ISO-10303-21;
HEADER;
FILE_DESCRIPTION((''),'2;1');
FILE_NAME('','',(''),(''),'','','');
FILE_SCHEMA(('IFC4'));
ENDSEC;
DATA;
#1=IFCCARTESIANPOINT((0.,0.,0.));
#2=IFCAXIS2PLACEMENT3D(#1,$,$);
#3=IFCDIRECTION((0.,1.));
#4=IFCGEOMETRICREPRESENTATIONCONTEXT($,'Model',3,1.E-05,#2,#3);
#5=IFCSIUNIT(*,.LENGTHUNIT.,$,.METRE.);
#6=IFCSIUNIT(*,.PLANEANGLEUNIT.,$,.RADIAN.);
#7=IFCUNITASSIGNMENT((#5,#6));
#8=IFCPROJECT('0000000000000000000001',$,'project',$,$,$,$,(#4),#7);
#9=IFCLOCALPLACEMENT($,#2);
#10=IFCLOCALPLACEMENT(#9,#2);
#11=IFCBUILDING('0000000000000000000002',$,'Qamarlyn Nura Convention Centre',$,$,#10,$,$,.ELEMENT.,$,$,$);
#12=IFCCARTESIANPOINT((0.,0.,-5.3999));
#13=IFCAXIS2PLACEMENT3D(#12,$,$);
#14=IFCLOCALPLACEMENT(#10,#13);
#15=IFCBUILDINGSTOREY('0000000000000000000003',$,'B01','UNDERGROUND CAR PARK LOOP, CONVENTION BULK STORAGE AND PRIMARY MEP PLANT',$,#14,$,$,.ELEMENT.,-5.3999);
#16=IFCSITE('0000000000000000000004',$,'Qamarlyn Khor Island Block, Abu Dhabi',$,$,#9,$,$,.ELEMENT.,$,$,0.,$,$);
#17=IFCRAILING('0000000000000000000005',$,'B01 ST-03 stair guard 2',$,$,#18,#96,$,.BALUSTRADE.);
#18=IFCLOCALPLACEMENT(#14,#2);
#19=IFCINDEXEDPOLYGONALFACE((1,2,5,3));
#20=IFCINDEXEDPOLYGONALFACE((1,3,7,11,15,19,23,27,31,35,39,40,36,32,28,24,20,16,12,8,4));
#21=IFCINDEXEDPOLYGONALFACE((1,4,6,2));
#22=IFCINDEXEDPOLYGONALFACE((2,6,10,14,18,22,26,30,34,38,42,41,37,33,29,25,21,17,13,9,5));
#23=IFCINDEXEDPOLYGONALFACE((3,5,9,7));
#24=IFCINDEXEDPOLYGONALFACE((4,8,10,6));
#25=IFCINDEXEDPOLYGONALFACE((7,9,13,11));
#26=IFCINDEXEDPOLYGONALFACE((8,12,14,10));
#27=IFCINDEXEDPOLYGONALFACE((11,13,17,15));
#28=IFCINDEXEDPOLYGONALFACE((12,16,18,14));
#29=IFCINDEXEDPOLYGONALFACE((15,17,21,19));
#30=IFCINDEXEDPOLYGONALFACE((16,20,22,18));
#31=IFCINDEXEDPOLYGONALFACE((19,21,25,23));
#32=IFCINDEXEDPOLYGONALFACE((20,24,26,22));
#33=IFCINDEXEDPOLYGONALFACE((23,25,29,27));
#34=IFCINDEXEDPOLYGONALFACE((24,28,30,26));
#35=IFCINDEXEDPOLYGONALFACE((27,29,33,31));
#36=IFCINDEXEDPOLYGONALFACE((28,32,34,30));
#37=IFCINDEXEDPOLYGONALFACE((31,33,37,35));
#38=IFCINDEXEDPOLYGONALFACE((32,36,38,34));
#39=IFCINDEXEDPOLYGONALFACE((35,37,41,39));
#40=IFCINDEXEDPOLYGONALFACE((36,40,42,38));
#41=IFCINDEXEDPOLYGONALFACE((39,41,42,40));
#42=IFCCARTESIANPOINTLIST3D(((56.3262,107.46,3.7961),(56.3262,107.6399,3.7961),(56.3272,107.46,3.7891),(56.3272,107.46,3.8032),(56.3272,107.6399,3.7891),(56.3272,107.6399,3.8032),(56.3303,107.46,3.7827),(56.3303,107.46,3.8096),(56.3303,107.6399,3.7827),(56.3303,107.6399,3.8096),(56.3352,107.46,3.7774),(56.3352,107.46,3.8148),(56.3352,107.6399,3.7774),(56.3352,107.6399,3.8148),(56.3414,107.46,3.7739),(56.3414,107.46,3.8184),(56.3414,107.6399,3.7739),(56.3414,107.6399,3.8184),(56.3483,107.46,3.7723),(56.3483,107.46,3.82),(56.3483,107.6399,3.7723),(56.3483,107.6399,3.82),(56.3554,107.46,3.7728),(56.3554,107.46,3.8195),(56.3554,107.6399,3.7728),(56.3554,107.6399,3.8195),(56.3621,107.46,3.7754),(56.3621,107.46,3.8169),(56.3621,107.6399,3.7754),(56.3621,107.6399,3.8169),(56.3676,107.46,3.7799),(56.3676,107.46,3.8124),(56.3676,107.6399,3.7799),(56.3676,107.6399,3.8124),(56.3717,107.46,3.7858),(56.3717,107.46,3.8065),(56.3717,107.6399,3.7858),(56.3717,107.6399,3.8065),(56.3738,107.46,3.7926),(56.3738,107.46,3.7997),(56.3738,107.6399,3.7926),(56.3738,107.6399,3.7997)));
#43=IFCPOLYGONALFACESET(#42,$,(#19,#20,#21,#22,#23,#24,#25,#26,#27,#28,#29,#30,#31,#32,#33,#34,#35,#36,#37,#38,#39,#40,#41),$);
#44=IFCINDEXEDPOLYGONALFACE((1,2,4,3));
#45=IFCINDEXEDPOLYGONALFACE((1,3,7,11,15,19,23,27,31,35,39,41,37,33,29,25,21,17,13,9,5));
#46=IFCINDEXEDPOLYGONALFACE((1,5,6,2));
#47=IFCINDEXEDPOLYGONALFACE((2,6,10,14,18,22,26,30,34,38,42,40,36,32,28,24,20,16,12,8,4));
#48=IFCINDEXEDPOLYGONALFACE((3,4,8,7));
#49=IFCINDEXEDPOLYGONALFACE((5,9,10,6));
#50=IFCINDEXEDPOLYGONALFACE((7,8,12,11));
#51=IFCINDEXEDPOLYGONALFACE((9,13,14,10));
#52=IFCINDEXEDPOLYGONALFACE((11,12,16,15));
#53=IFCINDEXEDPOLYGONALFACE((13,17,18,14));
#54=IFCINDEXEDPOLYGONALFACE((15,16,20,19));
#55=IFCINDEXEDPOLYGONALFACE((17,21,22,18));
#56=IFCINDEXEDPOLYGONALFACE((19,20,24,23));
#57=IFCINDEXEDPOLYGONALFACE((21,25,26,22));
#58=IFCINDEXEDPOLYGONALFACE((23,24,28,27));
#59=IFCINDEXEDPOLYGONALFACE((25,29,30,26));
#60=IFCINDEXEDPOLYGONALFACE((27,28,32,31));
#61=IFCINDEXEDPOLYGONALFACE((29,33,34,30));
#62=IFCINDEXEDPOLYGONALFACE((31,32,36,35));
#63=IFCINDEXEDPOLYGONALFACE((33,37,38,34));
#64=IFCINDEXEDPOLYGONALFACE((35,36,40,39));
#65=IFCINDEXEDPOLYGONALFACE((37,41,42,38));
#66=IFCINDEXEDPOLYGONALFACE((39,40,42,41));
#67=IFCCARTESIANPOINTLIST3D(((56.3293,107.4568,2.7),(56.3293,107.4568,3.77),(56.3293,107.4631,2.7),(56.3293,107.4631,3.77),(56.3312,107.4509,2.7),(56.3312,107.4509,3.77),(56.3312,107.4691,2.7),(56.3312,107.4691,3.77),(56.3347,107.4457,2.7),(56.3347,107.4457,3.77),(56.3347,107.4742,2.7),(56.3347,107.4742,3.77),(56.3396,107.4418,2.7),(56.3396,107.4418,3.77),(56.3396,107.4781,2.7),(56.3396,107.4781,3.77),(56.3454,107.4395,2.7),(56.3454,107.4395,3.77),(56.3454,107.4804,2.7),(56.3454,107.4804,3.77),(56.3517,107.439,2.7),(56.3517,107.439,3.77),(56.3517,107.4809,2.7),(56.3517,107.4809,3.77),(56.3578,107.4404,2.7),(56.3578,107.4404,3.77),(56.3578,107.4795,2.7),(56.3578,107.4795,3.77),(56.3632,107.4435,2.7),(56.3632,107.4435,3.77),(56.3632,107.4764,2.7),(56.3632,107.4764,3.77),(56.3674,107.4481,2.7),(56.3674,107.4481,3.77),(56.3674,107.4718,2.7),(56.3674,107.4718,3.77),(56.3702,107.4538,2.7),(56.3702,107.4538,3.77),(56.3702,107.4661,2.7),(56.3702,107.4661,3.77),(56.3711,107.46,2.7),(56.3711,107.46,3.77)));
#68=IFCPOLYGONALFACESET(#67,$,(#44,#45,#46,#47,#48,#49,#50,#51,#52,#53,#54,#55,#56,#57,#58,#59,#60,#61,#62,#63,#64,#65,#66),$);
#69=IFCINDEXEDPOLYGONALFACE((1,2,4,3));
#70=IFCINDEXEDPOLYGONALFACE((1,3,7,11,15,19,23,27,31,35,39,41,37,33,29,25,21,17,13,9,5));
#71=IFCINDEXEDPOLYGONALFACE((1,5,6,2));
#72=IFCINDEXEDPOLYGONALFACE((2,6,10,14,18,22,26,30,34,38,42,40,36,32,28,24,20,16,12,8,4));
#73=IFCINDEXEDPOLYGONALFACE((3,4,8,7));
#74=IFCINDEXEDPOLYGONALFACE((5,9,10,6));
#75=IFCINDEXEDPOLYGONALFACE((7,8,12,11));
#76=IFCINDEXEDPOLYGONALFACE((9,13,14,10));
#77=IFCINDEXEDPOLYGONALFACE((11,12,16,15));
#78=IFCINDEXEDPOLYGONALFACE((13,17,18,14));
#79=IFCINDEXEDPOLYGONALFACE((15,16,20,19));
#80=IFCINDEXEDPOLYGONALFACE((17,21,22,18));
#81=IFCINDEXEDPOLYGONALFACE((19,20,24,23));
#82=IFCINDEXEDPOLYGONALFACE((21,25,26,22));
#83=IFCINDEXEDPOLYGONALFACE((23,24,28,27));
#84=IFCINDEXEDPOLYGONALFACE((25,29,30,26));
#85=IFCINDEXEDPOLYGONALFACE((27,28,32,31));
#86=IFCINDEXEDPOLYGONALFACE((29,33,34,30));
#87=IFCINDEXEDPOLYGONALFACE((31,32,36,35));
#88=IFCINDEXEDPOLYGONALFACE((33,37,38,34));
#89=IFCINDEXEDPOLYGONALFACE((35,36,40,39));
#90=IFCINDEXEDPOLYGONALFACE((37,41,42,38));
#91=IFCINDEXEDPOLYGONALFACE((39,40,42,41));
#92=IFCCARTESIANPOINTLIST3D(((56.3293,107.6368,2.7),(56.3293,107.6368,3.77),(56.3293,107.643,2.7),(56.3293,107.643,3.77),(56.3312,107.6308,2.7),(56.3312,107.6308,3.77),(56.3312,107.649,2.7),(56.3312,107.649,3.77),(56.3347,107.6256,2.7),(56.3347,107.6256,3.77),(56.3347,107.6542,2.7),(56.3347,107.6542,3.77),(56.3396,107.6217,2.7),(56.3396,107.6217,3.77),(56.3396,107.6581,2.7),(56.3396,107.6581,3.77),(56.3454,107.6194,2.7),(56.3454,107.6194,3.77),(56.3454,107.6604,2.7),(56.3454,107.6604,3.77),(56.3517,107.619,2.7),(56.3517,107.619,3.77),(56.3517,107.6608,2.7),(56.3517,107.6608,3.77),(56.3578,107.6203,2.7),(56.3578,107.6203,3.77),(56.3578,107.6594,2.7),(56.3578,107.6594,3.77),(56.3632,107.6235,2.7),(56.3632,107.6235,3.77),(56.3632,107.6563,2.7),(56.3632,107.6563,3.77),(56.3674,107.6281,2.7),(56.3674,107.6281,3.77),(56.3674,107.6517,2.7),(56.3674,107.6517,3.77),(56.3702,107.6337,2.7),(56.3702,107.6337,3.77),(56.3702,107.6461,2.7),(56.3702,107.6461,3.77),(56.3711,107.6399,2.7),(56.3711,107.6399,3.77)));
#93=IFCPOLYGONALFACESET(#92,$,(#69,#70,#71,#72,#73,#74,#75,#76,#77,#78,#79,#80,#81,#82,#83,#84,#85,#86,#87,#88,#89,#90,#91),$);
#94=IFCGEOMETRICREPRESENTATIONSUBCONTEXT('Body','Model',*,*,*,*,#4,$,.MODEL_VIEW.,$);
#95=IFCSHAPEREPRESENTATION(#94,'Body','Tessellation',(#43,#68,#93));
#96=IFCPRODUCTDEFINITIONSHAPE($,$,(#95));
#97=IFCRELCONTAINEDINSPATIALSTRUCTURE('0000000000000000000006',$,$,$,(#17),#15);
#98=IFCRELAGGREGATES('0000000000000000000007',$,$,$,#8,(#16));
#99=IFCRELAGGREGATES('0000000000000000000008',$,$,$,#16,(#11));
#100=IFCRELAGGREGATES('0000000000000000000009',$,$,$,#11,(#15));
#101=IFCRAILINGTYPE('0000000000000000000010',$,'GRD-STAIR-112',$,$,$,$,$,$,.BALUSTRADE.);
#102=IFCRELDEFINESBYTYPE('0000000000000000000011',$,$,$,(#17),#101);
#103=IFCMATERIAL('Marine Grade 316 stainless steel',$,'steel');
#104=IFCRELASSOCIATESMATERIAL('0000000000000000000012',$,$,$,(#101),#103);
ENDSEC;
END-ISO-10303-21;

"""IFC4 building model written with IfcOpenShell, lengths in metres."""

from ifc_helpers import new_model, si_unit, direction, frame, origin, origin_2d, place, context, subcontext, project, spatial, circle, extrude, material, type_object, element, save


model = new_model("IFC4")

# Units and contexts
model_context = context("Model", 3, precision=1e-05, world=origin(), true_north=direction((0.0, 1.0)))
body_context = subcontext(model_context, "Body", "Model", "MODEL_VIEW")
ifc_project = project(units=[si_unit("LENGTHUNIT", "METRE"), si_unit("PLANEANGLEUNIT", "RADIAN")], contexts=[model_context])

# Site, building, storey
site_placement = place(None, origin())
site = spatial("IfcSite", under=ifc_project, at=site_placement, Name="Qamarlyn Khor Island Block, Abu Dhabi", CompositionType="ELEMENT", RefElevation=0.0)
building_placement = place(site_placement, origin())
building = spatial("IfcBuilding", under=site, at=building_placement, Name="Qamarlyn Nura Convention Centre", CompositionType="ELEMENT")
storey_placement = place(building_placement, frame((0.0, 0.0, -5.3999)))
storey = spatial("IfcBuildingStorey", under=building, at=storey_placement, Name="B01", Description="UNDERGROUND CAR PARK LOOP, CONVENTION BULK STORAGE AND PRIMARY MEP PLANT", CompositionType="ELEMENT", Elevation=-5.3999)

# Railing
ifc_material_1 = material(Name="Marine Grade 316 stainless steel", Category="steel")
railing_type_1 = type_object("IfcRailingType", Name="GRD-STAIR-112", PredefinedType="BALUSTRADE", material=ifc_material_1)
railing_1_placement = place(storey_placement, frame((56.3501, 107.46, 2.7)))
element("IfcRailing", 1, at=railing_1_placement, inside=storey, type_object=railing_type_1, Name="B01 ST-03 stair guard 2", PredefinedType="BALUSTRADE", context=body_context, shape_type="SweptSolid", body=[
    extrude(circle(Radius=0.0239, at=origin_2d()), frame((0.0, 0.0, 1.0962), z_axis=(0.0, 1.0, 0.0), x_axis=(-1.0, 0.0, 0.0)), (0.0, 0.0, 1.0), 0.1799),
    extrude(circle(Radius=0.021, at=origin_2d()), origin(), (0.0, 0.0, 1.0), 1.0701),
    extrude(circle(Radius=0.021, at=origin_2d()), frame((0.0, 0.1799, 0.0)), (0.0, 0.0, 1.0), 1.0701),
])

save(model, "model.ifc")
